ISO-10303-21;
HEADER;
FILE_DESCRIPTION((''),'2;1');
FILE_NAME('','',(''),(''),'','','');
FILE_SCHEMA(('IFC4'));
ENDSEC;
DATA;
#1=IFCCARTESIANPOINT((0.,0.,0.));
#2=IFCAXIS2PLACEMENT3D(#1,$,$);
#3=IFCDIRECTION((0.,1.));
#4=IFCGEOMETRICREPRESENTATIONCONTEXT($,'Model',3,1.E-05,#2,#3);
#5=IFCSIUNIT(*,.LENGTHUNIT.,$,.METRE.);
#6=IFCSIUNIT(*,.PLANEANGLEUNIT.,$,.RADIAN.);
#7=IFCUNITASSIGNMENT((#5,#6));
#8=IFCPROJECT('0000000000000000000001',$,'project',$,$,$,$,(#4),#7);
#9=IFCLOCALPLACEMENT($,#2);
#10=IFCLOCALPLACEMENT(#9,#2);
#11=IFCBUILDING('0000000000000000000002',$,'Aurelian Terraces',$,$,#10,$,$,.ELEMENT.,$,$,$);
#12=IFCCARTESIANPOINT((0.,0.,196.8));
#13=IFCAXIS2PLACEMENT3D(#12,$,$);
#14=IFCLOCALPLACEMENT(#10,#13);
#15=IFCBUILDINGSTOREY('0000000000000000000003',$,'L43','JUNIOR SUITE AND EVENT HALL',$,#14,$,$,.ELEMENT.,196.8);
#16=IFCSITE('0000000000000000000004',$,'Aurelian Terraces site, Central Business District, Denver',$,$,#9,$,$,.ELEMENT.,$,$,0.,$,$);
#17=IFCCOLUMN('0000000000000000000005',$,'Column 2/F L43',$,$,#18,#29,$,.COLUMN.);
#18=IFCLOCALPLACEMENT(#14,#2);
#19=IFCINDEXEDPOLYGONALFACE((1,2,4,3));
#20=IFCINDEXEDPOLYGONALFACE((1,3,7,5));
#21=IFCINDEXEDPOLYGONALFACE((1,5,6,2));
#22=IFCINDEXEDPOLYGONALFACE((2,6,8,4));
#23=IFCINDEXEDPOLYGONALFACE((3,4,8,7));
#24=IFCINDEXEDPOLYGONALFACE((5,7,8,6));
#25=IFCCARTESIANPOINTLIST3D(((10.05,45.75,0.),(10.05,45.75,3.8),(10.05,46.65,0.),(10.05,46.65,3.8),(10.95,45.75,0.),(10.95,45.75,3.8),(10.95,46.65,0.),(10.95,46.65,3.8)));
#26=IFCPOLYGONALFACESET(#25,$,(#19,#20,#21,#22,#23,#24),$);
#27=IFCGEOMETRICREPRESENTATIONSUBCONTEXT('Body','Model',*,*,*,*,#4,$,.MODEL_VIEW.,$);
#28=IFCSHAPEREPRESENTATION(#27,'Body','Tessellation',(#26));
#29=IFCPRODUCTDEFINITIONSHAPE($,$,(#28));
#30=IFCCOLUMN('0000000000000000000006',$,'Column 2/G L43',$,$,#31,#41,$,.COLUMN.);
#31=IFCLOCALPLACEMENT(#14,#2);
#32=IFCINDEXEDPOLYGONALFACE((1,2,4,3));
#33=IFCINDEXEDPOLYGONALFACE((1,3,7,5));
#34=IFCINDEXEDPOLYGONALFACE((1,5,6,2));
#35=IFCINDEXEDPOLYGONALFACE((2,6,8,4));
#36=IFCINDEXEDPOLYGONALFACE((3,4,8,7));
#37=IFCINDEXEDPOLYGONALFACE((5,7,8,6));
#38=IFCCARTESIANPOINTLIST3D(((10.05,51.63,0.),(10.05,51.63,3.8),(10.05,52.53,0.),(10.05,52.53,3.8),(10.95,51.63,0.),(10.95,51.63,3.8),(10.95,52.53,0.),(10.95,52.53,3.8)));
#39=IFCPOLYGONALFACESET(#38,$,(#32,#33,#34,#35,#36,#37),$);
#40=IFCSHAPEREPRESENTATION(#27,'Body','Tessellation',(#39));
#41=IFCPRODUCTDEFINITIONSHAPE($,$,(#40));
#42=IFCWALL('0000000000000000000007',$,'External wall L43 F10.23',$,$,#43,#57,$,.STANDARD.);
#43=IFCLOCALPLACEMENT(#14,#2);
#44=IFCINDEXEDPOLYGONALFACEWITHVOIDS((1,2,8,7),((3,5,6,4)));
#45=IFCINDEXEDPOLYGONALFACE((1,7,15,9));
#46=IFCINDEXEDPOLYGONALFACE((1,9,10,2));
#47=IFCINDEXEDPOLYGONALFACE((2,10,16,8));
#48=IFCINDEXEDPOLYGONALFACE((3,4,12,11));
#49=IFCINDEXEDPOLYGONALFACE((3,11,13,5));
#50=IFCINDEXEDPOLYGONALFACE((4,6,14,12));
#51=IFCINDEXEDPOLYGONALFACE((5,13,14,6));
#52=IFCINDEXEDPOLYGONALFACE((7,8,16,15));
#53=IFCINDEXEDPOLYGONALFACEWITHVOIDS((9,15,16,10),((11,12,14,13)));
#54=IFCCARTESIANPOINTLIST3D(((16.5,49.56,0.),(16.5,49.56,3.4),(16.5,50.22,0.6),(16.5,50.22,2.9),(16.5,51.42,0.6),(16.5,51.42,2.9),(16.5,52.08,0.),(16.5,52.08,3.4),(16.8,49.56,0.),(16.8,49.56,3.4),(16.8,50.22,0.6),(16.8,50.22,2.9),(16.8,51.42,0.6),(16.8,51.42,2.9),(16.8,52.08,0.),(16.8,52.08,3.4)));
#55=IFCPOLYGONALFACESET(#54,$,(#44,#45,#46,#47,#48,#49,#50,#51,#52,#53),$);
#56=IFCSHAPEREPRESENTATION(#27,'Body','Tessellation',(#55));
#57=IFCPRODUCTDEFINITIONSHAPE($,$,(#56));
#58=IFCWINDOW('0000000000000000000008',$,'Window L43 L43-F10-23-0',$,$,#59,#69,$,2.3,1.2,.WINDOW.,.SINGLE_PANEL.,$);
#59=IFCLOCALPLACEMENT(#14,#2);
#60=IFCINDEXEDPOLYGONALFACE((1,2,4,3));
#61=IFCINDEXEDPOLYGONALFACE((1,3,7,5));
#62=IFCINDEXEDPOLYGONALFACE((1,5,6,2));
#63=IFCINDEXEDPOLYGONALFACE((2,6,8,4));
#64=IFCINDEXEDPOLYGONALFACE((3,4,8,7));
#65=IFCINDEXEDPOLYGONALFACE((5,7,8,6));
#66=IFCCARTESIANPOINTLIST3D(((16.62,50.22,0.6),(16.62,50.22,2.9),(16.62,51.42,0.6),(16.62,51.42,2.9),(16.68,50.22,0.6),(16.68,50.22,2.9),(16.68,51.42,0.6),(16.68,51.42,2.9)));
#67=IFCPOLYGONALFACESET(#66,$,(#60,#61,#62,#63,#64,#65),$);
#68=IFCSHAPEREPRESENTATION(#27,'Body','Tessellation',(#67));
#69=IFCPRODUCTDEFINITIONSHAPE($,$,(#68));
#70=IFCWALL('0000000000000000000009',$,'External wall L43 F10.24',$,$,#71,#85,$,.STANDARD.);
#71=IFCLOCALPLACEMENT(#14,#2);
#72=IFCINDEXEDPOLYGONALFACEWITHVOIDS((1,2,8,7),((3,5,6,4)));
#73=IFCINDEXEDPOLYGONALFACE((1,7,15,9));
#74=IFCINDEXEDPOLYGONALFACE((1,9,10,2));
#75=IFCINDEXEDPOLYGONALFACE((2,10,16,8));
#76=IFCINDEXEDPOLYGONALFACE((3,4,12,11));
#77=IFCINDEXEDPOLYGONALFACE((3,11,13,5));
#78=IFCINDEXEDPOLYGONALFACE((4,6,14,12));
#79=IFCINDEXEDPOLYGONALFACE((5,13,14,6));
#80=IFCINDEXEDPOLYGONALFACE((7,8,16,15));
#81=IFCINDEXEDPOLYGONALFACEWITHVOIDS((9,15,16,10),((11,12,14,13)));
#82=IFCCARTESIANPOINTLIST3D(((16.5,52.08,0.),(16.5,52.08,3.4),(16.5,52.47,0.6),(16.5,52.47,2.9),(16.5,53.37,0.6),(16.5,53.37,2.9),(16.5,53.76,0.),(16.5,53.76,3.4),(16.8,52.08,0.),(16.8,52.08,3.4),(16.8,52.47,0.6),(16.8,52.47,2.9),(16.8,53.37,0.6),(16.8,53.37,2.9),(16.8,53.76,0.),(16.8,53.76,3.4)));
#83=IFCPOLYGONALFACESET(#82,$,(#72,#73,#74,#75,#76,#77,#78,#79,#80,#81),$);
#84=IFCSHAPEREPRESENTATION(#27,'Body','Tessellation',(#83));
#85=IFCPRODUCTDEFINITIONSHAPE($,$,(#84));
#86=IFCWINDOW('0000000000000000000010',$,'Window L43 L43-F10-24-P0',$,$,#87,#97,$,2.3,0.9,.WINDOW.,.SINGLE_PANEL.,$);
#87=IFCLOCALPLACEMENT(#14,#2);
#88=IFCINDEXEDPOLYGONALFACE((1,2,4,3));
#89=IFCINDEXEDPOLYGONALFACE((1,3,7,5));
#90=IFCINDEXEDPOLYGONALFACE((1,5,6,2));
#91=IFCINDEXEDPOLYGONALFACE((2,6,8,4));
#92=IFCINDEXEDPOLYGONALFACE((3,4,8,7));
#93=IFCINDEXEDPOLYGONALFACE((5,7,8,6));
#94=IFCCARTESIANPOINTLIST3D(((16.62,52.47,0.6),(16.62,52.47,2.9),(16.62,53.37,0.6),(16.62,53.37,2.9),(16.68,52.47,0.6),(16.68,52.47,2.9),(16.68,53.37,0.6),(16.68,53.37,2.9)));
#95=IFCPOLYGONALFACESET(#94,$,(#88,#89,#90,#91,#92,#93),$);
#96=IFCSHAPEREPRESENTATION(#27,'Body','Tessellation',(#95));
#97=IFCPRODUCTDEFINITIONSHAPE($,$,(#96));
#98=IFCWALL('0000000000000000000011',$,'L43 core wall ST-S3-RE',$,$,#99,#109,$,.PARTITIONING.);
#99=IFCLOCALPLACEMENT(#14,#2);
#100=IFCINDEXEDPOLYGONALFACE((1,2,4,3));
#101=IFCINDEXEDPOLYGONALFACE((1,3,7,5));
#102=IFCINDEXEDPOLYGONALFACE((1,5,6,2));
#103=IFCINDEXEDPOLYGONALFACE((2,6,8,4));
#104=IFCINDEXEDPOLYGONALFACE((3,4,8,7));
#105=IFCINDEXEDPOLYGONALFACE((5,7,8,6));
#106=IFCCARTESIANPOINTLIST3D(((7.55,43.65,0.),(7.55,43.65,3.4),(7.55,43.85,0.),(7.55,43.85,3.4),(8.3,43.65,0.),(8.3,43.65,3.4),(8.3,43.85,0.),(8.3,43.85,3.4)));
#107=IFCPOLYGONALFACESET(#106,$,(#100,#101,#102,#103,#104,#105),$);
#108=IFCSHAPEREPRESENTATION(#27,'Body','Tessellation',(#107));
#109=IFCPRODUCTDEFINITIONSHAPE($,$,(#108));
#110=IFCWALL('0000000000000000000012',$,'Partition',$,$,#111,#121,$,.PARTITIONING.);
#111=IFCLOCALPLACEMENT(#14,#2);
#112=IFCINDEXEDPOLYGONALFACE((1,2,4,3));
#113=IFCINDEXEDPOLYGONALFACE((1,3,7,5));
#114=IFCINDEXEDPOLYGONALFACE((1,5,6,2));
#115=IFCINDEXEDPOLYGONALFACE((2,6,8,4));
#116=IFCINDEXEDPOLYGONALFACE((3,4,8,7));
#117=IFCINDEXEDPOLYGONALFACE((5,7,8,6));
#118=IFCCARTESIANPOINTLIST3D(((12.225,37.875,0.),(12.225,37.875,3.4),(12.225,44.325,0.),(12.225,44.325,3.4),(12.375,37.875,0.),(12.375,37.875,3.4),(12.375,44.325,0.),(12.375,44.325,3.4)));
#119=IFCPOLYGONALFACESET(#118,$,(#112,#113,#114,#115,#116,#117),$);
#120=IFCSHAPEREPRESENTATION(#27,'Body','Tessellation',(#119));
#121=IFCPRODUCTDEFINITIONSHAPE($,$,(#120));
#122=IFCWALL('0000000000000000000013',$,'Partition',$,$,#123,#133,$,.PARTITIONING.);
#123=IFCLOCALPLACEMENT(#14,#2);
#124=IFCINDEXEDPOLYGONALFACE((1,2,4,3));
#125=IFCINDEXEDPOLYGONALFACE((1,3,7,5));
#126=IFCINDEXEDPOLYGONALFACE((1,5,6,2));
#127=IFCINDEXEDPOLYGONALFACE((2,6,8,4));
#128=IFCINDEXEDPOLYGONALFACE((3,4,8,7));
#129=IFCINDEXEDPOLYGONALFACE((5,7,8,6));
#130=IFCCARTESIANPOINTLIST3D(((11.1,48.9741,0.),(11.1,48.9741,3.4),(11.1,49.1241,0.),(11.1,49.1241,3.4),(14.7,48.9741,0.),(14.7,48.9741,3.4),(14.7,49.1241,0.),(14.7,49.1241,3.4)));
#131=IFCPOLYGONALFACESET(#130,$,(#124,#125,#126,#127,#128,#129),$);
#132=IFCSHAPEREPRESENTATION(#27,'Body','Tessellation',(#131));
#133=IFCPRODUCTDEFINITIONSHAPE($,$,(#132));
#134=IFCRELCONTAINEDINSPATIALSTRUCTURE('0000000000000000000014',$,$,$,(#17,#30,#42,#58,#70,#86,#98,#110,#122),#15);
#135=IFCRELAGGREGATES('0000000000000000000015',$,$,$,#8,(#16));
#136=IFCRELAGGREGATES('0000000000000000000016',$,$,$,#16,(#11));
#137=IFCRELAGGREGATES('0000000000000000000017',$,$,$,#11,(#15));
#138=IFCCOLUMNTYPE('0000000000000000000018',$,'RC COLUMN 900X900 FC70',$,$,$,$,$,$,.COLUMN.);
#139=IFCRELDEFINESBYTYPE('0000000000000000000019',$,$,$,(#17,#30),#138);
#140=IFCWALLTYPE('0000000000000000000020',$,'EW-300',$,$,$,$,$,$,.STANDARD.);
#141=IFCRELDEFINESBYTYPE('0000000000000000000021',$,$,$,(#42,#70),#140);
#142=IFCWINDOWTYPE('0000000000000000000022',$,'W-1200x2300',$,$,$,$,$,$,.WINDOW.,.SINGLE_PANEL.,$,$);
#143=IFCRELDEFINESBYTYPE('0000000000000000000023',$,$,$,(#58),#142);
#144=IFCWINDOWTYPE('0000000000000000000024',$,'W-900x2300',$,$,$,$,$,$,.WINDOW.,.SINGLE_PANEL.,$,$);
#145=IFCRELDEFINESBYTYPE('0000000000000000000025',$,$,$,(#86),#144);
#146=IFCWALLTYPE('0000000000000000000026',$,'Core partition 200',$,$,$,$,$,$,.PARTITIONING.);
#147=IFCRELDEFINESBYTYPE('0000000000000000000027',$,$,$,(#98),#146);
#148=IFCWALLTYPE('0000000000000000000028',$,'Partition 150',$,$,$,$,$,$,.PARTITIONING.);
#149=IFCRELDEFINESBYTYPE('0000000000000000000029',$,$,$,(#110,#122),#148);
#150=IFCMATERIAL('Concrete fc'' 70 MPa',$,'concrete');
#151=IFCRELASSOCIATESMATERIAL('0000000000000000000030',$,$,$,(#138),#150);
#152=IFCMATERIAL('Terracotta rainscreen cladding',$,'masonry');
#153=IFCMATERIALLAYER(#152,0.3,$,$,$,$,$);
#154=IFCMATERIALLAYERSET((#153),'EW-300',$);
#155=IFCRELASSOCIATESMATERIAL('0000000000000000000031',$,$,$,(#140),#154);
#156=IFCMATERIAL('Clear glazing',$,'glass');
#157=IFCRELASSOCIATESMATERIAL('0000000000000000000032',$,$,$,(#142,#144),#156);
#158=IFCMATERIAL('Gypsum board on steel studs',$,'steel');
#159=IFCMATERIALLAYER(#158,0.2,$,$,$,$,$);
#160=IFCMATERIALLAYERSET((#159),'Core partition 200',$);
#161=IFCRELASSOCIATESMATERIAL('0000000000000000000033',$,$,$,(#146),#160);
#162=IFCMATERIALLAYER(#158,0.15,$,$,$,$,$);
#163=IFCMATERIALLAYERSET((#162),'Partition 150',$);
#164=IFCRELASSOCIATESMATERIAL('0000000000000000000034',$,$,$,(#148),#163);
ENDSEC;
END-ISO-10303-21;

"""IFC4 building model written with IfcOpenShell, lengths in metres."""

from ifc_helpers import new_model, si_unit, direction, frame, frame_2d, origin, origin_2d, place, context, subcontext, project, spatial, rectangle, extrude, source, transform, mapped, material, layer, layer_set, material_profile, profile_set, type_object, element, fill, save


model = new_model("IFC4")

# Units and contexts
model_context = context("Model", 3, precision=1e-05, world=origin(), true_north=direction((0.0, 1.0)))
body_context = subcontext(model_context, "Body", "Model", "MODEL_VIEW")
ifc_project = project(units=[si_unit("LENGTHUNIT", "METRE"), si_unit("PLANEANGLEUNIT", "RADIAN")], contexts=[model_context])

# Site, building, storey
site_placement = place(None, origin())
site = spatial("IfcSite", under=ifc_project, at=site_placement, Name="Aurelian Terraces site, Central Business District, Denver", CompositionType="ELEMENT", RefElevation=0.0)
building_placement = place(site_placement, origin())
building = spatial("IfcBuilding", under=site, at=building_placement, Name="Aurelian Terraces", CompositionType="ELEMENT")
storey_placement = place(building_placement, frame((0.0, 0.0, 196.8)))
storey = spatial("IfcBuildingStorey", under=building, at=storey_placement, Name="L43", Description="JUNIOR SUITE AND EVENT HALL", CompositionType="ELEMENT", Elevation=196.8)

# Columns
ifc_material_1 = material(Name="Concrete fc' 70 MPa", Category="concrete")
ifc_material_profile = material_profile(ifc_material_1, rectangle(XDim=0.9, YDim=0.9, at=origin_2d()))
ifc_profile_set = profile_set([ifc_material_profile], Name="Concrete fc' 70 MPa")
column_type = type_object("IfcColumnType", Name="RC COLUMN 900X900 FC70", PredefinedType="COLUMN", material=ifc_profile_set)
shared_shape_1 = source(origin(), body_context, "Body", "SweptSolid", [
    extrude(rectangle(XDim=0.9, YDim=0.9, at=origin_2d()), origin(), (0.0, 0.0, 1.0), 3.8),
])
for number, where, z_axis, x_axis, name in (
    (1, (10.5, 46.2, 0.0), (0.0, 0.0, 1.0), (1.0, 0.0, 0.0), "Column 2/F L43"),
    (2, (10.5, 52.08, 0.0), (0.0, 0.0, 1.0), (1.0, 0.0, 0.0), "Column 2/G L43"),
):
    element("IfcColumn", number, at=place(storey_placement, frame(where, z_axis=z_axis, x_axis=x_axis)), inside=storey, type_object=column_type, Name=name, PredefinedType="COLUMN", context=body_context, shape_type="MappedRepresentation", body=[
        mapped(shared_shape_1, transform((0.0, 0.0, 0.0), scale=1.0)),
    ])

# Walls, openings, windows
ifc_material_2 = material(Name="Terracotta rainscreen cladding", Category="masonry")
ifc_layer_1 = layer(ifc_material_2, 0.3)
ifc_layer_set_1 = layer_set([ifc_layer_1], Name="EW-300")
wall_type_1 = type_object("IfcWallType", Name="EW-300", PredefinedType="STANDARD", material=ifc_layer_set_1)
shared_shape_2 = source(origin(), body_context, "Body", "SweptSolid", [
    extrude(rectangle(XDim=2.52, YDim=0.3, at=frame_2d((1.26, 0.0))), origin(), (0.0, 0.0, 1.0), 3.4),
])
wall_1_placement = place(storey_placement, frame((16.65, 49.56, 0.0), z_axis=(0.0, 0.0, 1.0), x_axis=(0.0, 1.0, 0.0)))
wall_1 = element("IfcWall", 3, at=wall_1_placement, inside=storey, type_object=wall_type_1, Name="External wall L43 F10.23", PredefinedType="STANDARD", context=body_context, shape_type="MappedRepresentation", body=[
    mapped(shared_shape_2, transform((0.0, 0.0, 0.0), scale=1.0)),
])
shared_shape_3 = source(origin(), body_context, "Body", "SweptSolid", [
    extrude(rectangle(XDim=1.2, YDim=2.3, at=frame_2d((0.6, 1.15))), frame((0.0, 0.16, 0.0), z_axis=(0.0, -1.0, 0.0), x_axis=(1.0, 0.0, 0.0)), (0.0, 0.0, 1.0), 0.32),
])
opening_1_placement = place(wall_1_placement, frame((0.66, 0.0, 0.6)))
opening_1 = element("IfcOpeningElement", 4, at=opening_1_placement, cuts=wall_1, PredefinedType="OPENING", context=body_context, shape_type="MappedRepresentation", body=[
    mapped(shared_shape_3, transform((0.0, 0.0, 0.0), scale=1.0)),
])
ifc_material_3 = material(Name="Clear glazing", Category="glass")
window_type_1 = type_object("IfcWindowType", Name="W-1200x2300", PartitioningType="SINGLE_PANEL", PredefinedType="WINDOW", material=ifc_material_3)
shared_shape_4 = source(origin(), body_context, "Body", "SweptSolid", [
    extrude(rectangle(XDim=1.2, YDim=2.3, at=frame_2d((0.6, 1.15))), frame((0.0, 0.03, 0.0), z_axis=(0.0, -1.0, 0.0), x_axis=(1.0, 0.0, 0.0)), (0.0, 0.0, 1.0), 0.06),
])
window_1_placement = place(opening_1_placement, origin())
window_1 = element("IfcWindow", 5, at=window_1_placement, inside=storey, type_object=window_type_1, Name="Window L43 L43-F10-23-0", OverallHeight=2.3, OverallWidth=1.2, PartitioningType="SINGLE_PANEL", PredefinedType="WINDOW", context=body_context, shape_type="MappedRepresentation", body=[
    mapped(shared_shape_4, transform((0.0, 0.0, 0.0), scale=1.0)),
])
fill(opening_1, window_1)
shared_shape_5 = source(origin(), body_context, "Body", "SweptSolid", [
    extrude(rectangle(XDim=1.68, YDim=0.3, at=frame_2d((0.84, 0.0))), origin(), (0.0, 0.0, 1.0), 3.4),
])
wall_2_placement = place(storey_placement, frame((16.65, 52.08, 0.0), z_axis=(0.0, 0.0, 1.0), x_axis=(0.0, 1.0, 0.0)))
wall_2 = element("IfcWall", 6, at=wall_2_placement, inside=storey, type_object=wall_type_1, Name="External wall L43 F10.24", PredefinedType="STANDARD", context=body_context, shape_type="MappedRepresentation", body=[
    mapped(shared_shape_5, transform((0.0, 0.0, 0.0), scale=1.0)),
])
shared_shape_6 = source(origin(), body_context, "Body", "SweptSolid", [
    extrude(rectangle(XDim=0.9, YDim=2.3, at=frame_2d((0.45, 1.15))), frame((0.0, 0.16, 0.0), z_axis=(0.0, -1.0, 0.0), x_axis=(1.0, 0.0, 0.0)), (0.0, 0.0, 1.0), 0.32),
])
opening_2_placement = place(wall_2_placement, frame((0.39, 0.0, 0.6)))
opening_2 = element("IfcOpeningElement", 7, at=opening_2_placement, cuts=wall_2, PredefinedType="OPENING", context=body_context, shape_type="MappedRepresentation", body=[
    mapped(shared_shape_6, transform((0.0, 0.0, 0.0), scale=1.0)),
])
window_type_2 = type_object("IfcWindowType", Name="W-900x2300", PartitioningType="SINGLE_PANEL", PredefinedType="WINDOW", material=ifc_material_3)
shared_shape_7 = source(origin(), body_context, "Body", "SweptSolid", [
    extrude(rectangle(XDim=0.9, YDim=2.3, at=frame_2d((0.45, 1.15))), frame((0.0, 0.03, 0.0), z_axis=(0.0, -1.0, 0.0), x_axis=(1.0, 0.0, 0.0)), (0.0, 0.0, 1.0), 0.06),
])
window_2_placement = place(opening_2_placement, origin())
window_2 = element("IfcWindow", 8, at=window_2_placement, inside=storey, type_object=window_type_2, Name="Window L43 L43-F10-24-P0", OverallHeight=2.3, OverallWidth=0.9, PartitioningType="SINGLE_PANEL", PredefinedType="WINDOW", context=body_context, shape_type="MappedRepresentation", body=[
    mapped(shared_shape_7, transform((0.0, 0.0, 0.0), scale=1.0)),
])
fill(opening_2, window_2)

# Walls
ifc_material_4 = material(Name="Gypsum board on steel studs", Category="steel")
ifc_layer_2 = layer(ifc_material_4, 0.2)
ifc_layer_set_2 = layer_set([ifc_layer_2], Name="Core partition 200")
wall_type_2 = type_object("IfcWallType", Name="Core partition 200", PredefinedType="PARTITIONING", material=ifc_layer_set_2)
shared_shape_8 = source(origin(), body_context, "Body", "SweptSolid", [
    extrude(rectangle(XDim=0.75, YDim=0.2, at=frame_2d((0.375, 0.0))), origin(), (0.0, 0.0, 1.0), 3.4),
])
wall_3_placement = place(storey_placement, frame((7.55, 43.75, 0.0), z_axis=(0.0, 0.0, 1.0), x_axis=(1.0, 0.0, 0.0)))
element("IfcWall", 9, at=wall_3_placement, inside=storey, type_object=wall_type_2, Name="L43 core wall ST-S3-RE", PredefinedType="PARTITIONING", context=body_context, shape_type="MappedRepresentation", body=[
    mapped(shared_shape_8, transform((0.0, 0.0, 0.0), scale=1.0)),
])
ifc_layer_3 = layer(ifc_material_4, 0.15)
ifc_layer_set_3 = layer_set([ifc_layer_3], Name="Partition 150")
wall_type_3 = type_object("IfcWallType", Name="Partition 150", PredefinedType="PARTITIONING", material=ifc_layer_set_3)
shared_shape_9 = source(origin(), body_context, "Body", "SweptSolid", [
    extrude(rectangle(XDim=6.45, YDim=0.15, at=frame_2d((3.225, 0.0))), origin(), (0.0, 0.0, 1.0), 3.4),
])
wall_4_placement = place(storey_placement, frame((12.3, 44.325, 0.0), z_axis=(0.0, 0.0, 1.0), x_axis=(0.0, -1.0, 0.0)))
element("IfcWall", 10, at=wall_4_placement, inside=storey, type_object=wall_type_3, Name="Partition", PredefinedType="PARTITIONING", context=body_context, shape_type="MappedRepresentation", body=[
    mapped(shared_shape_9, transform((0.0, 0.0, 0.0), scale=1.0)),
])
shared_shape_10 = source(origin(), body_context, "Body", "SweptSolid", [
    extrude(rectangle(XDim=3.6, YDim=0.15, at=frame_2d((1.8, 0.0))), origin(), (0.0, 0.0, 1.0), 3.4),
])
wall_5_placement = place(storey_placement, frame((14.7, 49.0491, 0.0), z_axis=(0.0, 0.0, 1.0), x_axis=(-1.0, 0.0, 0.0)))
element("IfcWall", 11, at=wall_5_placement, inside=storey, type_object=wall_type_3, Name="Partition", PredefinedType="PARTITIONING", context=body_context, shape_type="MappedRepresentation", body=[
    mapped(shared_shape_10, transform((0.0, 0.0, 0.0), scale=1.0)),
])

save(model, "model.ifc")
